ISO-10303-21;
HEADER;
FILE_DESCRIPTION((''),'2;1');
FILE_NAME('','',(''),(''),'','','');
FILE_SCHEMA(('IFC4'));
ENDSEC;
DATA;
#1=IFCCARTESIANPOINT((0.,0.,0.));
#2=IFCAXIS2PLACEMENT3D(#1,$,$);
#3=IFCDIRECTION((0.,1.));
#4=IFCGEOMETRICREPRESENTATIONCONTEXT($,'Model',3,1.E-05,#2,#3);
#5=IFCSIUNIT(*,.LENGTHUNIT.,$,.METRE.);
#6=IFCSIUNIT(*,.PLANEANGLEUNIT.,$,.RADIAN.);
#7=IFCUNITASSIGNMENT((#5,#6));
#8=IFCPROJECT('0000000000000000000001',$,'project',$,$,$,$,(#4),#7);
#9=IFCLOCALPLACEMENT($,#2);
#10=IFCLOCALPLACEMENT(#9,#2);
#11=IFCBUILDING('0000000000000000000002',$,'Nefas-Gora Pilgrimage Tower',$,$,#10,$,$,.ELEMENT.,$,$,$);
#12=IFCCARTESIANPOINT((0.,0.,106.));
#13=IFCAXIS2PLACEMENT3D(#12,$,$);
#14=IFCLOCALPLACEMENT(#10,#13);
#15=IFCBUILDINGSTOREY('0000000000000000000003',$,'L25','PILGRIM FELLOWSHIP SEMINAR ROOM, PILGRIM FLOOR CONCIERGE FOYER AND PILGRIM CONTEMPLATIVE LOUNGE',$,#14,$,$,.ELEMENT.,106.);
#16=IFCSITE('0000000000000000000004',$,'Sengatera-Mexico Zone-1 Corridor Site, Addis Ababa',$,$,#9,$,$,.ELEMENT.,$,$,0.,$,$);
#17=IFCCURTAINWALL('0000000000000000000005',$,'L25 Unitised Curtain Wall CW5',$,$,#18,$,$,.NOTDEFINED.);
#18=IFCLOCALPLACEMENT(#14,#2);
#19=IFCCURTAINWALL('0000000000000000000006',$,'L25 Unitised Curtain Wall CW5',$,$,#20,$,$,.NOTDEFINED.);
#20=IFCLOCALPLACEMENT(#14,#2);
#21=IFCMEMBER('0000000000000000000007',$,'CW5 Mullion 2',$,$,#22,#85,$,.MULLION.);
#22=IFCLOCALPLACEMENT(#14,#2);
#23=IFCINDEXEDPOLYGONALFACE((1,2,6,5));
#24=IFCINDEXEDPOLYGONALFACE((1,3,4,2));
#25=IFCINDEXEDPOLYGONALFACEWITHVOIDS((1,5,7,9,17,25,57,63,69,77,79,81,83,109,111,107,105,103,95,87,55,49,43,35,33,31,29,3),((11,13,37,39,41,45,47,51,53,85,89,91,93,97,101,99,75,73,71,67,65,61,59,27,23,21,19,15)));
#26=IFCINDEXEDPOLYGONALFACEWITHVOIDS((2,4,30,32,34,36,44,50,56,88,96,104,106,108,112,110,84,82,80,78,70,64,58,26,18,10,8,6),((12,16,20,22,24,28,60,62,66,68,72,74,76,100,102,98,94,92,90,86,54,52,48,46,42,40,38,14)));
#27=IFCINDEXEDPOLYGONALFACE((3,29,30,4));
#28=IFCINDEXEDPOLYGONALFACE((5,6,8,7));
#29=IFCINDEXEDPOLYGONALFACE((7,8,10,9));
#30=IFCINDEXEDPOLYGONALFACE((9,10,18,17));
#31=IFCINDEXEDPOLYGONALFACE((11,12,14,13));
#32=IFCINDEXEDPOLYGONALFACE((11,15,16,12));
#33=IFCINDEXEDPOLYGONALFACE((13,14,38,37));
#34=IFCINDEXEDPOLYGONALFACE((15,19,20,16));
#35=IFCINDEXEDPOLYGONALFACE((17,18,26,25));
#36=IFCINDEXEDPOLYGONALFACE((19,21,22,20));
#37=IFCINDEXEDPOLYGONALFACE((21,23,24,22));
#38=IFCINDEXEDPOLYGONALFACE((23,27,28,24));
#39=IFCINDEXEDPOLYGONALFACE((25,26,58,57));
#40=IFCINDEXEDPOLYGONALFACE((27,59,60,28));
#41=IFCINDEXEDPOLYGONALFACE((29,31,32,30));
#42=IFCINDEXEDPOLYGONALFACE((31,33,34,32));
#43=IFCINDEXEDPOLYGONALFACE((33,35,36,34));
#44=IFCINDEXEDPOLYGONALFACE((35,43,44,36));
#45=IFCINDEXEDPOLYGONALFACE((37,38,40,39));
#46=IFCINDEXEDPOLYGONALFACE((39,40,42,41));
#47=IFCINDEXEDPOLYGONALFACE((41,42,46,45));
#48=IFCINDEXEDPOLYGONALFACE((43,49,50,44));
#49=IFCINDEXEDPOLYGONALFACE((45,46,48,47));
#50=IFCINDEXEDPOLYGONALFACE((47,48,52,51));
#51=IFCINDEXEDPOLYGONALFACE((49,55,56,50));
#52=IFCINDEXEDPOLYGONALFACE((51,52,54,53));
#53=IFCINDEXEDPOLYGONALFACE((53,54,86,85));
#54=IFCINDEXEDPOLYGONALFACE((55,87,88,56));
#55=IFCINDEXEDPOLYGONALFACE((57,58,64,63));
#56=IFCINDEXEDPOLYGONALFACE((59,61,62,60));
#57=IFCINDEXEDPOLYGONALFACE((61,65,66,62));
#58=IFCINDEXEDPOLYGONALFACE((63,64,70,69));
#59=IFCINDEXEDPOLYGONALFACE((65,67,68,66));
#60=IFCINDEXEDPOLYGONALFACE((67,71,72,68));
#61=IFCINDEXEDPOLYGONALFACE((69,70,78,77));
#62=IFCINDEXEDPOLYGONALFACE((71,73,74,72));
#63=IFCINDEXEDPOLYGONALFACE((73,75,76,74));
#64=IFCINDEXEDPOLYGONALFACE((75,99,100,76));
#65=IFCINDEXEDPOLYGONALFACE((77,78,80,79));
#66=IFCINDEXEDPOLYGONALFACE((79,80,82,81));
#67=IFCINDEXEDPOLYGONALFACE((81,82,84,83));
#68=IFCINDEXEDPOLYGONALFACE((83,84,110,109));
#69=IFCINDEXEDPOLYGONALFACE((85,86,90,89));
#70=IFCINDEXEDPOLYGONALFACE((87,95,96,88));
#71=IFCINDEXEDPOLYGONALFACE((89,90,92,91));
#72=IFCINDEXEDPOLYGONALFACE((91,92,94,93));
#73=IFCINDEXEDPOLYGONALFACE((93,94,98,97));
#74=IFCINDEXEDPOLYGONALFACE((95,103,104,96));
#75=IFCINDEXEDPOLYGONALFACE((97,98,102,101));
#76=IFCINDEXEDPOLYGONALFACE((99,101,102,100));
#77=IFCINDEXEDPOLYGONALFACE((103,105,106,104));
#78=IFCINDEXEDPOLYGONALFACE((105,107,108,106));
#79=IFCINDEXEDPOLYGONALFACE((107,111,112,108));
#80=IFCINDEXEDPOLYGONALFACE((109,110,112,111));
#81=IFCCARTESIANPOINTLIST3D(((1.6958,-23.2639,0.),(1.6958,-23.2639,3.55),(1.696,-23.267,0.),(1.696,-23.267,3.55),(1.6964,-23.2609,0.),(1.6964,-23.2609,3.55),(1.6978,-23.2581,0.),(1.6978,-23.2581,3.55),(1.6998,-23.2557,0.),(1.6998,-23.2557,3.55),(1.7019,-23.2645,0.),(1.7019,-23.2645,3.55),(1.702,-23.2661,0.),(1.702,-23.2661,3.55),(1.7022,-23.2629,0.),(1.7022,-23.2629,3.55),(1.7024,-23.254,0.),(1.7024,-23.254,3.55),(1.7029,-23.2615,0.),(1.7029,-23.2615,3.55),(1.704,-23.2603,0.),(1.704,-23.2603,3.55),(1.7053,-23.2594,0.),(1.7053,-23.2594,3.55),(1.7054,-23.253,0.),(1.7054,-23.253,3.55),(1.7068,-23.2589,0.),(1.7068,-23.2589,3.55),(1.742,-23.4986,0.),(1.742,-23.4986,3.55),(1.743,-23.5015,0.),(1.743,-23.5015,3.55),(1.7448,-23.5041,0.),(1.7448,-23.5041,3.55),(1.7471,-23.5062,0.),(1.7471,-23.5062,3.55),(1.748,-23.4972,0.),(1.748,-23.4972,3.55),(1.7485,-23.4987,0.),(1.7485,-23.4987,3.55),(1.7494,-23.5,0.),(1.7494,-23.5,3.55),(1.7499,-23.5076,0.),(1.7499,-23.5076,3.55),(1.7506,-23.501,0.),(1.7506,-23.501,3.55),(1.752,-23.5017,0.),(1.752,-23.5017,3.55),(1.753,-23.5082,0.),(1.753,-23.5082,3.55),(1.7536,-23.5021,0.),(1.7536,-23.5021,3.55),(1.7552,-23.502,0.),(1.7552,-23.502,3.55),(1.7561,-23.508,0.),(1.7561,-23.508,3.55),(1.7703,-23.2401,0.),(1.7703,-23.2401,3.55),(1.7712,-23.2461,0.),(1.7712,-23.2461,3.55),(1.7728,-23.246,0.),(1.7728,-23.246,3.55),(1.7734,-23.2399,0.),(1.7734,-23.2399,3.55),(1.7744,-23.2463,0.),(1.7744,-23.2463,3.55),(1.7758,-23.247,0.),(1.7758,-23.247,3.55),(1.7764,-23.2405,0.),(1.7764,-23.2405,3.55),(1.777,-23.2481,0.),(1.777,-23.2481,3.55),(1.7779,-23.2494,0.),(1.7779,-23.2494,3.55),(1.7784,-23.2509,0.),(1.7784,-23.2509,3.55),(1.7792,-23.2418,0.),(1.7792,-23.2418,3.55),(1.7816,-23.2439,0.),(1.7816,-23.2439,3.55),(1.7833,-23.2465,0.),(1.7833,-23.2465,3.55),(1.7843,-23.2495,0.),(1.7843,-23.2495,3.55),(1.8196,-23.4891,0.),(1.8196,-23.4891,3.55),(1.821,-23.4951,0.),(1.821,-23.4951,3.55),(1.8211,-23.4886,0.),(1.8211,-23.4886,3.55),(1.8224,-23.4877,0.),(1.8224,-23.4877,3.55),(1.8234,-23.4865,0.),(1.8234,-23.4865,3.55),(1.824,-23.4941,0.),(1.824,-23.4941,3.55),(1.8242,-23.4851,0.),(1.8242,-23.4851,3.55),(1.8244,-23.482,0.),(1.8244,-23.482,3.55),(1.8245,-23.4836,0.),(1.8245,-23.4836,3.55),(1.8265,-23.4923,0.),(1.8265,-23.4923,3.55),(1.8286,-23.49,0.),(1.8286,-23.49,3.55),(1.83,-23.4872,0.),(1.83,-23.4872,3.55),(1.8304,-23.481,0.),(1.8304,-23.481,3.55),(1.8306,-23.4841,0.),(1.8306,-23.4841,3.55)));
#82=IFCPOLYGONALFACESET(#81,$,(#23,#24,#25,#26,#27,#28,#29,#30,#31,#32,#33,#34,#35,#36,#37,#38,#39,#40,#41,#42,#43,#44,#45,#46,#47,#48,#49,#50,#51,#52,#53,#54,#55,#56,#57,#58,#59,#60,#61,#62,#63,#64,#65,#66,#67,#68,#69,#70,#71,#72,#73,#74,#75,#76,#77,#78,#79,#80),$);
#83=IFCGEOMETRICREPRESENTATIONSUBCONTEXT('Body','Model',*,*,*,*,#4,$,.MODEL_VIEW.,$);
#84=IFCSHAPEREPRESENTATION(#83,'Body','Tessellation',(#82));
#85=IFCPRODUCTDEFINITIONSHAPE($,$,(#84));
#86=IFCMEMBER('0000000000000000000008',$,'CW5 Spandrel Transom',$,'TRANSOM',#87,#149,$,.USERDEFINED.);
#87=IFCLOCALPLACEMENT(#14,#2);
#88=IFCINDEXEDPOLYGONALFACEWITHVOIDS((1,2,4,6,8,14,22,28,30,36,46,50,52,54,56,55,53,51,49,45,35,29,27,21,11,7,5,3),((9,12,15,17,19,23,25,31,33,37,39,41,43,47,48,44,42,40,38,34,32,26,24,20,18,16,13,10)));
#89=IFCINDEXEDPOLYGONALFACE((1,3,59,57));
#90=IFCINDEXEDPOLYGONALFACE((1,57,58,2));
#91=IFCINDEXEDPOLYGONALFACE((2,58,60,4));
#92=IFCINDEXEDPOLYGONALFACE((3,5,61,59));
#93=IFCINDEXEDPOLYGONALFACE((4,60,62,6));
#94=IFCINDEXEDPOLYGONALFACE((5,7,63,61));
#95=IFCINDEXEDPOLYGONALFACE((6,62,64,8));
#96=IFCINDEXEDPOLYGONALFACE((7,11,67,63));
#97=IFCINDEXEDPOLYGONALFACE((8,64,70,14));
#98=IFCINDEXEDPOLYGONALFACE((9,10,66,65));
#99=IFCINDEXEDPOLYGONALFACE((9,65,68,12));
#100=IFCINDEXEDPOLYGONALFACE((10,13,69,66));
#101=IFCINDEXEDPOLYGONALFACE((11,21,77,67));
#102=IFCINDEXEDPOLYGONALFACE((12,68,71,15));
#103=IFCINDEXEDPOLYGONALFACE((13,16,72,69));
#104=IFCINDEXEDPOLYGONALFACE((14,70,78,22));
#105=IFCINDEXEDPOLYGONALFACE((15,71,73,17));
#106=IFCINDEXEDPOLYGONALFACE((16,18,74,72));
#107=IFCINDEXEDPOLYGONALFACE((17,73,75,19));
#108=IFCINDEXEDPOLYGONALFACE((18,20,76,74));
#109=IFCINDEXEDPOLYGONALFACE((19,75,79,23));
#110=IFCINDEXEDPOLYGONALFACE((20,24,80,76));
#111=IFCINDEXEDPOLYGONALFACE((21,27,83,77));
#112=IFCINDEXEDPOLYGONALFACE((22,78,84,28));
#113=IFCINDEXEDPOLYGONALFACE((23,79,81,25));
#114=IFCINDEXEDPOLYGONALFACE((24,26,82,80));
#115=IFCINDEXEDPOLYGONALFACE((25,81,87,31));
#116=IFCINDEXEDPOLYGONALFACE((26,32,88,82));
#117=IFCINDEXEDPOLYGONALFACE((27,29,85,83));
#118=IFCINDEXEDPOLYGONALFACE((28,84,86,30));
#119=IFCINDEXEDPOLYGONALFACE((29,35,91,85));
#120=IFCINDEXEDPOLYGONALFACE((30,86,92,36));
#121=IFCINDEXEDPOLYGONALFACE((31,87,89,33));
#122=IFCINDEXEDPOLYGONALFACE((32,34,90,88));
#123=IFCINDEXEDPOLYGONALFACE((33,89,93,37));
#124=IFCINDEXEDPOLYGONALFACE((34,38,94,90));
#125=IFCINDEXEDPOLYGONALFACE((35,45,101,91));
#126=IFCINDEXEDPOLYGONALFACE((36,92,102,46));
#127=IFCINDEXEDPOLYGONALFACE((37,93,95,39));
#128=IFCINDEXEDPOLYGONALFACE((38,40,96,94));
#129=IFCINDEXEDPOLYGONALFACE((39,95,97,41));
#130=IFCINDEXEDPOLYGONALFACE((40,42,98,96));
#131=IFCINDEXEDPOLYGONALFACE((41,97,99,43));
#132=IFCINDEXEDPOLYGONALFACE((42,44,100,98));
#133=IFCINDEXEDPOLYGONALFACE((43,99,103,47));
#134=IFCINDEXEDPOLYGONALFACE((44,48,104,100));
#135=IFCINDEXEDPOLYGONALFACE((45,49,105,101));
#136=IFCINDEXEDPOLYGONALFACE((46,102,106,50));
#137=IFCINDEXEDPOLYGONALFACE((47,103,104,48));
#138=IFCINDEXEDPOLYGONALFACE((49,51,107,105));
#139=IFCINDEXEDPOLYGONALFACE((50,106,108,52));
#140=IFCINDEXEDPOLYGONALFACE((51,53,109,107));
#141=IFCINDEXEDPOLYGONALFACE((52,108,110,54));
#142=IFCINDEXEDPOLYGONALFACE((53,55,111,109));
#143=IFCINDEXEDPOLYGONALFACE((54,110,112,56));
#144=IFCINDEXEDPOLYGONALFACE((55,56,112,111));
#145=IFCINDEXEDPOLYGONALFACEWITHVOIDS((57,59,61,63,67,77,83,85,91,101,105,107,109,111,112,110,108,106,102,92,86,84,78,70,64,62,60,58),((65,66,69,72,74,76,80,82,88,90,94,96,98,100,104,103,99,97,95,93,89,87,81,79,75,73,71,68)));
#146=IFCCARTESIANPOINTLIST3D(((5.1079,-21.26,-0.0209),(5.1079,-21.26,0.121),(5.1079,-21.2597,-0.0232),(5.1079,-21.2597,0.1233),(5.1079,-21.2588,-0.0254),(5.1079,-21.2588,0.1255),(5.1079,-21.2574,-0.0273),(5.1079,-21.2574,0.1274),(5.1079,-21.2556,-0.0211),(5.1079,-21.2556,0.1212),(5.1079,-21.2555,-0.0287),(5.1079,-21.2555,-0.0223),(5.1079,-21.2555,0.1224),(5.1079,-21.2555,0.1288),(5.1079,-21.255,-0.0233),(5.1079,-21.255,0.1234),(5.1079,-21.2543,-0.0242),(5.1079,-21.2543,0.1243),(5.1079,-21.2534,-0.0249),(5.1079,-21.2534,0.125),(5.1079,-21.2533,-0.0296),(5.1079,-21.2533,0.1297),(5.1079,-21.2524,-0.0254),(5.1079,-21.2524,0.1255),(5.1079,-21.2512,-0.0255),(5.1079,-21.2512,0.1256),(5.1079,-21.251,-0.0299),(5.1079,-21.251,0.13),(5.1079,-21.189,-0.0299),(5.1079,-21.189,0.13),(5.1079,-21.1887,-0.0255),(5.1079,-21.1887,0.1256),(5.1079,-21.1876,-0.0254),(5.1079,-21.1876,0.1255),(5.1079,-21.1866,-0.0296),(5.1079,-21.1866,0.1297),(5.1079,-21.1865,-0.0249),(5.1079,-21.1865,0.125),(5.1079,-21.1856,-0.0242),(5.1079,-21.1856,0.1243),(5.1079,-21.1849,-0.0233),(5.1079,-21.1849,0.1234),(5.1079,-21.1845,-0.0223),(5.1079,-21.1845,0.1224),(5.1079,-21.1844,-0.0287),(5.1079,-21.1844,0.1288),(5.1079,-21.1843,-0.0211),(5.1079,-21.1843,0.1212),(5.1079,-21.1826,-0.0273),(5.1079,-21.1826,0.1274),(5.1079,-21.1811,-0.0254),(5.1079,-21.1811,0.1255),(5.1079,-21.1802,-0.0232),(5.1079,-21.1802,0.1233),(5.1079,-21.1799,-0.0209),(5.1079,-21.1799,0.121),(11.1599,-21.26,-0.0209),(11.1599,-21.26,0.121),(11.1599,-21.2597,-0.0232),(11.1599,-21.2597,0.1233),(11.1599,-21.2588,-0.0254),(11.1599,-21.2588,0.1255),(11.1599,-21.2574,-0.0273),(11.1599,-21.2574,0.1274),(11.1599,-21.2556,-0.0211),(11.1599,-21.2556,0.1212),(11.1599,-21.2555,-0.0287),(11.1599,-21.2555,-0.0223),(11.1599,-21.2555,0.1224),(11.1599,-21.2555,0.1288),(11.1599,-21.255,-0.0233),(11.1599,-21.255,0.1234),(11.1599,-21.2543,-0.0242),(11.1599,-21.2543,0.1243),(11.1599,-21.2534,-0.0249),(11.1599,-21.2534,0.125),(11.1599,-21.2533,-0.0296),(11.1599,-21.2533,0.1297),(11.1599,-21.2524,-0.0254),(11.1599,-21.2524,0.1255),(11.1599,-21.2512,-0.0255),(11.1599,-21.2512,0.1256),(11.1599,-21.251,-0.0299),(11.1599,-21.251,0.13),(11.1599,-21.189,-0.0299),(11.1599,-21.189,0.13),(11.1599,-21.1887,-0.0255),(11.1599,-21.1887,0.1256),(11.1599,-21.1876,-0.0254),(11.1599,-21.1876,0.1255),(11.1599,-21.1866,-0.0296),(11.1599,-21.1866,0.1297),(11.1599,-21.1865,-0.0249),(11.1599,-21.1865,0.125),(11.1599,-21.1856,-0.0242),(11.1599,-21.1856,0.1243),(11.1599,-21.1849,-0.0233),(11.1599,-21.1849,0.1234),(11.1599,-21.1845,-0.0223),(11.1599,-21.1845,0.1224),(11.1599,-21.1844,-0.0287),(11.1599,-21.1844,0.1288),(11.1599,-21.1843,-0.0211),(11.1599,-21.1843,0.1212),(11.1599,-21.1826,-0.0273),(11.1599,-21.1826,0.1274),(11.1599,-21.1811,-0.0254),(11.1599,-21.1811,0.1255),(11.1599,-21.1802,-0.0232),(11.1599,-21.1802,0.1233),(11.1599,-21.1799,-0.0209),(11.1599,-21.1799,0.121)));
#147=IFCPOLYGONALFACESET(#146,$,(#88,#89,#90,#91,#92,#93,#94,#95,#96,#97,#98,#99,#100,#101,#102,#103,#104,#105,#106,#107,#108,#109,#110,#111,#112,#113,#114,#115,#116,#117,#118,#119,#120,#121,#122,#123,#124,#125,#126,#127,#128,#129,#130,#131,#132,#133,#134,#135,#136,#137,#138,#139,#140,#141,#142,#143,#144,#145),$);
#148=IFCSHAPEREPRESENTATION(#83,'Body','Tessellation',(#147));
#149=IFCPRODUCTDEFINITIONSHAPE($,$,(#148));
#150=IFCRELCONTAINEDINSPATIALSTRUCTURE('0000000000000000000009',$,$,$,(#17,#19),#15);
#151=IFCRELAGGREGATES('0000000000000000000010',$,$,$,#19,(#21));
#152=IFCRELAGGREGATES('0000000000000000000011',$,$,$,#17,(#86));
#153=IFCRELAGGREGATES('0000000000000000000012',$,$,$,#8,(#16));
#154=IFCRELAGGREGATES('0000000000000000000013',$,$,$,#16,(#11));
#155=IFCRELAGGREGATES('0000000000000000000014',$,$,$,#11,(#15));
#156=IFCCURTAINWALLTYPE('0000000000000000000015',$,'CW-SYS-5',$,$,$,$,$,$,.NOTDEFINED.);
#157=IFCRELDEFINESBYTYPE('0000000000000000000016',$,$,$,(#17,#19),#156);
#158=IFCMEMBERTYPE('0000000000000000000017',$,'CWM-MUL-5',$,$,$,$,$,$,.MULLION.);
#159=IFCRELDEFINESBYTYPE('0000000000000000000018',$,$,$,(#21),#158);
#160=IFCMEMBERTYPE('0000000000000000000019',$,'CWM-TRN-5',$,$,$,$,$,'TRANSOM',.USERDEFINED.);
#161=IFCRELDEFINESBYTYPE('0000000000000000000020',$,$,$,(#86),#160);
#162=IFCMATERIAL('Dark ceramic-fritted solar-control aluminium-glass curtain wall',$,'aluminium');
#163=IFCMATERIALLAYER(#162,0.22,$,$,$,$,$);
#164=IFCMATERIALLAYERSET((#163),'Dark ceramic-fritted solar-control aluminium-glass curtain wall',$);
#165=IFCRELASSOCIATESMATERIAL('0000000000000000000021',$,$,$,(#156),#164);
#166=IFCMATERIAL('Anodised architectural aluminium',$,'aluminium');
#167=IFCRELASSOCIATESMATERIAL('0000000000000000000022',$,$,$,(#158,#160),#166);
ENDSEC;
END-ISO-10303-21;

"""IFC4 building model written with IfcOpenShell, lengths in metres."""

from ifc_helpers import new_model, si_unit, direction, frame, origin, origin_2d, place, context, subcontext, project, spatial, hollow_rectangle, extrude, source, transform, mapped, material, layer, layer_set, material_profile, profile_set, type_object, element, aggregate, save


model = new_model("IFC4")

# Units and contexts
model_context = context("Model", 3, precision=1e-05, world=origin(), true_north=direction((0.0, 1.0)))
body_context = subcontext(model_context, "Body", "Model", "MODEL_VIEW")
ifc_project = project(units=[si_unit("LENGTHUNIT", "METRE"), si_unit("PLANEANGLEUNIT", "RADIAN")], contexts=[model_context])

# Site, building, storey
site_placement = place(None, origin())
site = spatial("IfcSite", under=ifc_project, at=site_placement, Name="Sengatera-Mexico Zone-1 Corridor Site, Addis Ababa", CompositionType="ELEMENT", RefElevation=0.0)
building_placement = place(site_placement, origin())
building = spatial("IfcBuilding", under=site, at=building_placement, Name="Nefas-Gora Pilgrimage Tower", CompositionType="ELEMENT")
storey_placement = place(building_placement, frame((0.0, 0.0, 106.0)))
storey = spatial("IfcBuildingStorey", under=building, at=storey_placement, Name="L25", Description="PILGRIM FELLOWSHIP SEMINAR ROOM, PILGRIM FLOOR CONCIERGE FOYER AND PILGRIM CONTEMPLATIVE LOUNGE", CompositionType="ELEMENT", Elevation=106.0)

# Curtain wall
ifc_material_1 = material(Name="Dark ceramic-fritted solar-control aluminium-glass curtain wall", Category="aluminium")
ifc_layer_1 = layer(ifc_material_1, 0.22)
ifc_layer_set_1 = layer_set([ifc_layer_1], Name="Dark ceramic-fritted solar-control aluminium-glass curtain wall")
curtain_wall_type_1 = type_object("IfcCurtainWallType", Name="CW-SYS-5", PredefinedType="NOTDEFINED", material=ifc_layer_set_1)
curtain_wall_1_placement = place(storey_placement, origin())
curtain_wall_1 = element("IfcCurtainWall", 1, at=curtain_wall_1_placement, inside=storey, type_object=curtain_wall_type_1, Name="L25 Unitised Curtain Wall CW5", PredefinedType="NOTDEFINED")
ifc_material_2 = material(Name="Anodised architectural aluminium", Category="aluminium")
ifc_material_profile_1 = material_profile(ifc_material_2, hollow_rectangle(XDim=0.0901, YDim=0.26, WallThickness=0.0061, InnerFilletRadius=0.0061, OuterFilletRadius=0.012, at=origin_2d()), Name="ALU MULLION 90x260")
ifc_profile_set_1 = profile_set([ifc_material_profile_1], Name="Anodised architectural aluminium")
member_type_1 = type_object("IfcMemberType", Name="CWM-MUL-5", PredefinedType="MULLION", material=ifc_profile_set_1)
shared_shape_1 = source(origin(), body_context, "Body", "SweptSolid", [
    extrude(hollow_rectangle(XDim=0.0901, YDim=0.26, WallThickness=0.0061, InnerFilletRadius=0.0061, OuterFilletRadius=0.012, at=origin_2d()), origin(), (0.0, 0.0, 1.0), 3.55),
])

# Curtain wall, member
curtain_wall_2_placement = place(storey_placement, origin())
curtain_wall_2 = element("IfcCurtainWall", 2, at=curtain_wall_2_placement, inside=storey, type_object=curtain_wall_type_1, Name="L25 Unitised Curtain Wall CW5", PredefinedType="NOTDEFINED")
member_1_placement = place(storey_placement, frame((1.7632, -23.374, 0.0), z_axis=(0.0, 0.0, 1.0), x_axis=(0.980783, 0.195102, 0.0)))
member_1 = element("IfcMember", 3, at=member_1_placement, type_object=member_type_1, Name="CW5 Mullion 2", PredefinedType="MULLION", context=body_context, shape_type="MappedRepresentation", body=[
    mapped(shared_shape_1, transform((0.0, 0.0, 0.0), x_axis=(1.0, 0.0, 0.0), y_axis=(0.0, 1.0, 0.0), z_axis=(0.0, 0.0, 1.0), scale=1.0)),
])
aggregate(curtain_wall_2, [member_1])

# Member
ifc_material_profile_2 = material_profile(ifc_material_2, hollow_rectangle(XDim=0.0801, YDim=0.1599, WallThickness=0.0044, InnerFilletRadius=0.0044, OuterFilletRadius=0.009, at=origin_2d()), Name="ALU TRANSOM 80x160")
ifc_profile_set_2 = profile_set([ifc_material_profile_2], Name="Anodised architectural aluminium")
member_type_2 = type_object("IfcMemberType", Name="CWM-TRN-5", ElementType="TRANSOM", PredefinedType="USERDEFINED", material=ifc_profile_set_2)
shared_shape_2 = source(origin(), body_context, "Body", "SweptSolid", [
    extrude(hollow_rectangle(XDim=0.0801, YDim=0.1599, WallThickness=0.0044, InnerFilletRadius=0.0044, OuterFilletRadius=0.009, at=origin_2d()), origin(), (0.0, 0.0, 1.0), 6.052),
])
member_2_placement = place(storey_placement, frame((5.1079, -21.22, 0.05), z_axis=(1.0, 0.0, 0.0), x_axis=(0.0, 1.0, 0.0)))
member_2 = element("IfcMember", 4, at=member_2_placement, type_object=member_type_2, Name="CW5 Spandrel Transom", ObjectType="TRANSOM", PredefinedType="USERDEFINED", context=body_context, shape_type="MappedRepresentation", body=[
    mapped(shared_shape_2, transform((0.0, 0.0, 0.0), x_axis=(1.0, 0.0, 0.0), y_axis=(0.0, 1.0, 0.0), z_axis=(0.0, 0.0, 1.0), scale=1.0)),
])

aggregate(curtain_wall_1, [member_2])

save(model, "model.ifc")
